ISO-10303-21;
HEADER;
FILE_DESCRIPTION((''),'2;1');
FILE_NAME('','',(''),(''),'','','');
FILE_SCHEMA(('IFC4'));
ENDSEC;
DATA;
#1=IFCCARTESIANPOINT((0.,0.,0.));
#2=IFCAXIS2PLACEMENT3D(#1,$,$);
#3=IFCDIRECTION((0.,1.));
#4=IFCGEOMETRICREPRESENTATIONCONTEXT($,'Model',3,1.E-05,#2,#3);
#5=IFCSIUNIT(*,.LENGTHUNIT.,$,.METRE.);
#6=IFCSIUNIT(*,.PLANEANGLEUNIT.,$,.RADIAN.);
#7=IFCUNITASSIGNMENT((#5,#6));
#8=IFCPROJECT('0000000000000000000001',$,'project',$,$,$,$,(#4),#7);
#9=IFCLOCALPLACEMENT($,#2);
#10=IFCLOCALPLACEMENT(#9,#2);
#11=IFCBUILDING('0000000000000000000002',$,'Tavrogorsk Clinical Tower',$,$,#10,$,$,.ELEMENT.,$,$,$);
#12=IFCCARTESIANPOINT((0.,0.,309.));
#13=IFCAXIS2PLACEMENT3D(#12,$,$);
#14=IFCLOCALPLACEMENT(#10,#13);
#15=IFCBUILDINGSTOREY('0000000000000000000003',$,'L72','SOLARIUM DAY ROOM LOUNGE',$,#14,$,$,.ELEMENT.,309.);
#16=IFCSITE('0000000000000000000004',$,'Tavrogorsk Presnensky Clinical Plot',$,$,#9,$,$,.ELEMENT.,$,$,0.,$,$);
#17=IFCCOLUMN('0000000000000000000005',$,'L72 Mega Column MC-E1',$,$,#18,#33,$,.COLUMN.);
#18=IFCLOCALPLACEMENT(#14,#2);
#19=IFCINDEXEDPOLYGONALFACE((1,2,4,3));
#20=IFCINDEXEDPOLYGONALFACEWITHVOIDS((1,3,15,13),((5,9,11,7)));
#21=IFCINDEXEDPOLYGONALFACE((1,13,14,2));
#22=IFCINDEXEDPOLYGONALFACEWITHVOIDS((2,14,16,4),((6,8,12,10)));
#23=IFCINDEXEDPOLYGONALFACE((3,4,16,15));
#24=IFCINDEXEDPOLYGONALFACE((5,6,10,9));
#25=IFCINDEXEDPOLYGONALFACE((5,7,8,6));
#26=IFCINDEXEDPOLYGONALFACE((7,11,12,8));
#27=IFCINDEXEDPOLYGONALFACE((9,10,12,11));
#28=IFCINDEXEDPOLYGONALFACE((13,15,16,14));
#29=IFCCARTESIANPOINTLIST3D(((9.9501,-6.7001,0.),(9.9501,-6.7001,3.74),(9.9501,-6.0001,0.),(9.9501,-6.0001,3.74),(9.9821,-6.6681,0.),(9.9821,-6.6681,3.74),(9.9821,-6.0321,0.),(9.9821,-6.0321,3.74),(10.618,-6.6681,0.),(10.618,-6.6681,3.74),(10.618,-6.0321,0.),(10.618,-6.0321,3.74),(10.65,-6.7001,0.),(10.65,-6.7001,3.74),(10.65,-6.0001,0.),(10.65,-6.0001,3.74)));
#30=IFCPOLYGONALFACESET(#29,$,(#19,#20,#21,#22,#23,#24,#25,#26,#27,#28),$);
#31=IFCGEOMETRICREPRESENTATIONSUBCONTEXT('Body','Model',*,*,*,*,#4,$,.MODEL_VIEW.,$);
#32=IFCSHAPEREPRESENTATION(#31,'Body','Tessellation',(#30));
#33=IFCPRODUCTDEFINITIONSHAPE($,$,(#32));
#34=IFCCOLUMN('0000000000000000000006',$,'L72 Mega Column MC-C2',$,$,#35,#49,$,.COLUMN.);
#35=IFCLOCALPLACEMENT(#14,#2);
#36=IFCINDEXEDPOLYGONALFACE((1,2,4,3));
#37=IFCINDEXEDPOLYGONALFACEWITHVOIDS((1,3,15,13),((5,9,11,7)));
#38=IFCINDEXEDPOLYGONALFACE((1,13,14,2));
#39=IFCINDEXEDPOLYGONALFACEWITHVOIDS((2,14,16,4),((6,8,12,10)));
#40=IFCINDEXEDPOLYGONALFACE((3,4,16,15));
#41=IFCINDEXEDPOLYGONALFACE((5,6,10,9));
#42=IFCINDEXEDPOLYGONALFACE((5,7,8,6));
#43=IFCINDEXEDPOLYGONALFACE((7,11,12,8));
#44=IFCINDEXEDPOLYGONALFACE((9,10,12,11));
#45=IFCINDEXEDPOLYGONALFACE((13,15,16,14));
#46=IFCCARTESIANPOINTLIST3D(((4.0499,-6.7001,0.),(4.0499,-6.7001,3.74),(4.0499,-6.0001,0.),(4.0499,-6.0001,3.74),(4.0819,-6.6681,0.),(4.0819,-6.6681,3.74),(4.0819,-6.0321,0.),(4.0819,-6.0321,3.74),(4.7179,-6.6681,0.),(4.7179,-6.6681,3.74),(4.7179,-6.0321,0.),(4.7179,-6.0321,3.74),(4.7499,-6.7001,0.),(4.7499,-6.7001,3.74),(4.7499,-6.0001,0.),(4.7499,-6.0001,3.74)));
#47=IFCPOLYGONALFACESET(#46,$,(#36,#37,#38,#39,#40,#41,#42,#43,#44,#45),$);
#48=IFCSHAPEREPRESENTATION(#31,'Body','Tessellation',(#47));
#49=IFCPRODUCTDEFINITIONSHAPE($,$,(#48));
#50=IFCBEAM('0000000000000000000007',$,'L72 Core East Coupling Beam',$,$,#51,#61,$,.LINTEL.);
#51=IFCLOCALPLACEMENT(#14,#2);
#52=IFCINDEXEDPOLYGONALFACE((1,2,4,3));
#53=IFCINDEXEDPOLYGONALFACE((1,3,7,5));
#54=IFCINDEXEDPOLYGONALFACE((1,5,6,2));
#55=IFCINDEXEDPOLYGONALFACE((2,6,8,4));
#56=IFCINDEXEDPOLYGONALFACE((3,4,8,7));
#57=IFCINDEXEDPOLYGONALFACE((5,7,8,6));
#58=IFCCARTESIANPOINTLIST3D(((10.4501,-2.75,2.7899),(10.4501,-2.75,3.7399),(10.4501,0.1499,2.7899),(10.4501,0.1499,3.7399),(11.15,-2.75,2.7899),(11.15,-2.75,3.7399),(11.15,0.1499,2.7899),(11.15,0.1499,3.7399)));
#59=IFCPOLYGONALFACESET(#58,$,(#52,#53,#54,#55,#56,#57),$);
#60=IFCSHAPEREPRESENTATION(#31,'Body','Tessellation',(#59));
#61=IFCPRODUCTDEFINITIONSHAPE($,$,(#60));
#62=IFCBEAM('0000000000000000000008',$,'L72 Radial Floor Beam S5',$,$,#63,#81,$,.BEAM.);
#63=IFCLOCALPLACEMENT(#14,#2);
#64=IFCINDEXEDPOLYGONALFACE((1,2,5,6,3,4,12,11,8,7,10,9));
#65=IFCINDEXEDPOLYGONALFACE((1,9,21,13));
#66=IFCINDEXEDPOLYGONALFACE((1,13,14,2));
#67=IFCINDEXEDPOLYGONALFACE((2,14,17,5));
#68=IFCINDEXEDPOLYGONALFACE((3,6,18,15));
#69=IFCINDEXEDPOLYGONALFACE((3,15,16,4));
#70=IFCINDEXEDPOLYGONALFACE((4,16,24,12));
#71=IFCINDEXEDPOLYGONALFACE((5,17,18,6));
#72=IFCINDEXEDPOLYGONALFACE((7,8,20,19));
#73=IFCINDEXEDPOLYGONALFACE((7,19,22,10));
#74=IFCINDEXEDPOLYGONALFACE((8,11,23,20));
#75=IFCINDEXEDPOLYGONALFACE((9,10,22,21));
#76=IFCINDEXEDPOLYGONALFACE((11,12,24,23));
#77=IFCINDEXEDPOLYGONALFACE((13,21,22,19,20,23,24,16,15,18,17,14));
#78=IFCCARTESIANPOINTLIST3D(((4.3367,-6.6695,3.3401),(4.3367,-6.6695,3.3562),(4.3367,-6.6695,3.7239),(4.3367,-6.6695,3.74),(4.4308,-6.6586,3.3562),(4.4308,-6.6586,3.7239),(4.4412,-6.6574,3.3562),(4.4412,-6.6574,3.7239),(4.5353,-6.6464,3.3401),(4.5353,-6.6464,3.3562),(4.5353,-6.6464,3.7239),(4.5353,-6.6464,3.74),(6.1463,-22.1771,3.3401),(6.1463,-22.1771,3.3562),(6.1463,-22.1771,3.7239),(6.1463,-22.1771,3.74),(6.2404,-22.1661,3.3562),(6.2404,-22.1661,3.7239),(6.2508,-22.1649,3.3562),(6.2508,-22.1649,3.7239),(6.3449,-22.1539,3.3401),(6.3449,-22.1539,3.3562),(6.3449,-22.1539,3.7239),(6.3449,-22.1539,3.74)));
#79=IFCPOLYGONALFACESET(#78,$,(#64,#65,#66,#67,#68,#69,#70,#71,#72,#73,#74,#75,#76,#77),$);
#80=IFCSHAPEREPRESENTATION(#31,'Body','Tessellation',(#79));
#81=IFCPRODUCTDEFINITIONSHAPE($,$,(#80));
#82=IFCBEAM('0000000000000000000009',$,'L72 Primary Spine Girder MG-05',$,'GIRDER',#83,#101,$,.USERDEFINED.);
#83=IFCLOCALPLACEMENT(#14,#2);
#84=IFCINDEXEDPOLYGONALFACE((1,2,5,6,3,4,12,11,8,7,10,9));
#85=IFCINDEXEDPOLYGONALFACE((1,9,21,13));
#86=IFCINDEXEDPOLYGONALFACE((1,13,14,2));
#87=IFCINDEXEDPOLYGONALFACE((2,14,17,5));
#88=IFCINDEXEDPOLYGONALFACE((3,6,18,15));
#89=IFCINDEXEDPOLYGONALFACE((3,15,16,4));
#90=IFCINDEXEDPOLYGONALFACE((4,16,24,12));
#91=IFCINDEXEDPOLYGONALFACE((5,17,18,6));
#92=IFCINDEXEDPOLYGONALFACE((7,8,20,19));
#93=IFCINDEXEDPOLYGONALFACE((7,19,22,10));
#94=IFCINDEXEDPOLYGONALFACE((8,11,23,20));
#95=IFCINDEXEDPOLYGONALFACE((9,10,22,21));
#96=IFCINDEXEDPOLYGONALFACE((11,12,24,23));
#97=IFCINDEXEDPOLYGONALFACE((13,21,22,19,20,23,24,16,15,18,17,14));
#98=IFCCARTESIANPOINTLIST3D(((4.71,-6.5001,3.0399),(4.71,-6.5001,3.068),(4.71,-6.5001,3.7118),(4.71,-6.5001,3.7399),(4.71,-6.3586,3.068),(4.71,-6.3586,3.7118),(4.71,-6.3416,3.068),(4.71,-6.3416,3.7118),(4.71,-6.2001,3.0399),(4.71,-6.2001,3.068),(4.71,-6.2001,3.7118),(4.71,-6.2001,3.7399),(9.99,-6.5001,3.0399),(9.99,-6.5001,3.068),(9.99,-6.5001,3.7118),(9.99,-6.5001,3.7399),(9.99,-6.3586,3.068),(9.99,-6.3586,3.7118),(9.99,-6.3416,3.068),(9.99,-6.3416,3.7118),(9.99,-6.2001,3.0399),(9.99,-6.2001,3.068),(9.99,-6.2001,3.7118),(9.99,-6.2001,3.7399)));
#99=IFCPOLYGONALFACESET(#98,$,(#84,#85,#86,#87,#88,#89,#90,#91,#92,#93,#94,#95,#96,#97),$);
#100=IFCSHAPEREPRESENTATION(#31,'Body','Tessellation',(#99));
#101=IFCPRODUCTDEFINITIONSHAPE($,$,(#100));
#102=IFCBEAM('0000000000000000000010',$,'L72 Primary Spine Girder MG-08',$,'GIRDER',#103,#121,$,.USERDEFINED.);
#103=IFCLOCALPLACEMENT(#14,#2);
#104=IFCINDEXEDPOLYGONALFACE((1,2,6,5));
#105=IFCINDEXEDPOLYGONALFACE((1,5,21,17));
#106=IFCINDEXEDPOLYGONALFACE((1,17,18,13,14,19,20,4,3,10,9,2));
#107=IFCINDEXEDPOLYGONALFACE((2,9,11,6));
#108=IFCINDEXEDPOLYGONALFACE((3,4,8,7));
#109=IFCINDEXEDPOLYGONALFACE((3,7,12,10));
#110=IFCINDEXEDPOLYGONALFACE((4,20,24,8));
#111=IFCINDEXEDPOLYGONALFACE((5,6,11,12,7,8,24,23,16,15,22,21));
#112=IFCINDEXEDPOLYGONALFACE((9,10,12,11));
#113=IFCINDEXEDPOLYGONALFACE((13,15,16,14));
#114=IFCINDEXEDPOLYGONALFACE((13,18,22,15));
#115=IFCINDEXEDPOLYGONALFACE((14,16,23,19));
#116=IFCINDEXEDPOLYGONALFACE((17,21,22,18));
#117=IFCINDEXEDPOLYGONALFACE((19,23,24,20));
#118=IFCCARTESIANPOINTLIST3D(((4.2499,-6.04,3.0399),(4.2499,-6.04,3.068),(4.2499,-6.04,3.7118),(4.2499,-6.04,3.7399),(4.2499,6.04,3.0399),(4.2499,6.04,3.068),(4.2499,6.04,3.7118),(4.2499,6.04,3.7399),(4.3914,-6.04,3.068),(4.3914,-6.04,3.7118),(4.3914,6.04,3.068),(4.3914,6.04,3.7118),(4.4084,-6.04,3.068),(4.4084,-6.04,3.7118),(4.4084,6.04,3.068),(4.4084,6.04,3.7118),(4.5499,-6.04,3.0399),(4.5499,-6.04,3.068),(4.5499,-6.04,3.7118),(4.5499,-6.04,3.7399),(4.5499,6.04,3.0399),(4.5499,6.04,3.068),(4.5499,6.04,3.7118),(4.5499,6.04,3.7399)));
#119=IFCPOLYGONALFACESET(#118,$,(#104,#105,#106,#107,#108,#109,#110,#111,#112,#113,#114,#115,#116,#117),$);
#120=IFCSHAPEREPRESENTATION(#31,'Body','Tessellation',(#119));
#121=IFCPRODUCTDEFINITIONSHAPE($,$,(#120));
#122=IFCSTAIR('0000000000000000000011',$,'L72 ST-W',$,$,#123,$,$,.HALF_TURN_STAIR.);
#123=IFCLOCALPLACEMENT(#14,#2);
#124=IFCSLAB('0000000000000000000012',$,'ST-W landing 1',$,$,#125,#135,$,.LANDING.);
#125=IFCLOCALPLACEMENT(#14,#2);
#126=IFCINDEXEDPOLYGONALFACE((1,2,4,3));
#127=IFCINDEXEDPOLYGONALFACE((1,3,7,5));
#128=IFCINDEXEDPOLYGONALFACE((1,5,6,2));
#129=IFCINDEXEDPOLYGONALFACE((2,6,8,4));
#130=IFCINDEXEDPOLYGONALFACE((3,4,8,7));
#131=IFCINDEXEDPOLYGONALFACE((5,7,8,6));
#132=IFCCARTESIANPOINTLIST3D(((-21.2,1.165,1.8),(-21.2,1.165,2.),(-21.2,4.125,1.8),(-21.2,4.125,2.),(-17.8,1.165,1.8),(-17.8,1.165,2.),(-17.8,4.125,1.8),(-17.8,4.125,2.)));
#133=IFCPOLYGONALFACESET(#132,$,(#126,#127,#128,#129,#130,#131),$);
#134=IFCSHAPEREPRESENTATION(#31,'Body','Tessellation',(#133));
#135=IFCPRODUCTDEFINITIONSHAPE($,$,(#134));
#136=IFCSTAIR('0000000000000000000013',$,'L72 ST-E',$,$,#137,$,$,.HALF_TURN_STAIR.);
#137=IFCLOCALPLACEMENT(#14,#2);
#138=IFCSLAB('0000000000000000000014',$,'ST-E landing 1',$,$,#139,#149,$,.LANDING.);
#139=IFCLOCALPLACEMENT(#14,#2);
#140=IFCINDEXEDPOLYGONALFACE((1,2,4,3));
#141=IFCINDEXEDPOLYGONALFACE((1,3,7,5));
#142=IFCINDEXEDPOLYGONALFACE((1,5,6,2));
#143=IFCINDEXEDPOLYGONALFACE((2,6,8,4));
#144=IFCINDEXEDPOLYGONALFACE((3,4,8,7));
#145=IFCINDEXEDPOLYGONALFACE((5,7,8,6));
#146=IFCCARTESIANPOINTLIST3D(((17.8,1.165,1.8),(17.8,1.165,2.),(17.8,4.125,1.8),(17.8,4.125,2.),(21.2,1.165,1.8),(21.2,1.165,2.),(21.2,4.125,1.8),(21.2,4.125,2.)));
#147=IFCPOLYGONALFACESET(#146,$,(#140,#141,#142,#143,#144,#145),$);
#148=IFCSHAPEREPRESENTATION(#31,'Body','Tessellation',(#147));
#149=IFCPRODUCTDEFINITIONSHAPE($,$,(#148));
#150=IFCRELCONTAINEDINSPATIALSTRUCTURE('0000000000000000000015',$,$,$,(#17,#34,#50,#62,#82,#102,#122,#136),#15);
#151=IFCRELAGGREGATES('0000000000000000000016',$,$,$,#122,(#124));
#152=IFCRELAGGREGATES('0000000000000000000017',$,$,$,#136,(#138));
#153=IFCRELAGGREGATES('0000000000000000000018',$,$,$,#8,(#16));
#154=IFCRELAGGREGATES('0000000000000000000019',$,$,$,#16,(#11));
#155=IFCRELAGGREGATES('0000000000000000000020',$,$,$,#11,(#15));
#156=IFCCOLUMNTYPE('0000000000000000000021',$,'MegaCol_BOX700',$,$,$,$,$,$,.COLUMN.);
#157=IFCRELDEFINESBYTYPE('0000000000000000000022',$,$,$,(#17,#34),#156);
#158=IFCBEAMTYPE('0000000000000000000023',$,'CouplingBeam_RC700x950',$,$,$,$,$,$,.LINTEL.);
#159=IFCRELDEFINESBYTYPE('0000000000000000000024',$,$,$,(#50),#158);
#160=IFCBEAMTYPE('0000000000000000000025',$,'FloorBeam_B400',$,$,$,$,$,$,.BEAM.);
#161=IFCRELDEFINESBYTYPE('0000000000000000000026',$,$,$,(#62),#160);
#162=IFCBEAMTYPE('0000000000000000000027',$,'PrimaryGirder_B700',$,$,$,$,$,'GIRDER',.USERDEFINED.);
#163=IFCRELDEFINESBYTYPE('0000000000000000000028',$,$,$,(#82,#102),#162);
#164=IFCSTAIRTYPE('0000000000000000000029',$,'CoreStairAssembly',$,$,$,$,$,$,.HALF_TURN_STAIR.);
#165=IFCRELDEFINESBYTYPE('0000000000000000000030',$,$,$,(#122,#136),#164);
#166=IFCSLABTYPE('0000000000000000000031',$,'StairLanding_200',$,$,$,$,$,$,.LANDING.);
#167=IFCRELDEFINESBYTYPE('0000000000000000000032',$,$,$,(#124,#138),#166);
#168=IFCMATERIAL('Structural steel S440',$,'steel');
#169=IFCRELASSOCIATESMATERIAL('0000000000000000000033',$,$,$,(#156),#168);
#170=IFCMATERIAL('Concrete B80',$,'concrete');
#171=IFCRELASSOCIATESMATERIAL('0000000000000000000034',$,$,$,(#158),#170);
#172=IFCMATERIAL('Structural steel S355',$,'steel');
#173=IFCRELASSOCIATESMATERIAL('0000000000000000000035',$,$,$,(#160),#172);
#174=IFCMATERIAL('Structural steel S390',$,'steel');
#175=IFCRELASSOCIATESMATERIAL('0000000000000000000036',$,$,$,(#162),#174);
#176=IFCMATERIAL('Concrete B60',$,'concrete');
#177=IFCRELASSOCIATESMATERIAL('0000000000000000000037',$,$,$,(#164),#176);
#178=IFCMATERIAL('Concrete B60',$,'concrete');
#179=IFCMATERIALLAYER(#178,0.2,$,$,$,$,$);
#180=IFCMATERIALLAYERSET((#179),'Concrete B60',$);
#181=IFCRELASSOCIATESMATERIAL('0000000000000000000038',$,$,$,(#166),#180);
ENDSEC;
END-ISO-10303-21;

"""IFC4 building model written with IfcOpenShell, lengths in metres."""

from ifc_helpers import new_model, si_unit, direction, frame, origin, origin_2d, place, context, subcontext, project, spatial, polyline, rectangle, hollow_rectangle, i_section, outline, extrude, material, layer, layer_set, material_profile, profile_set, type_object, element, aggregate, save


model = new_model("IFC4")

# Units and contexts
model_context = context("Model", 3, precision=1e-05, world=origin(), true_north=direction((0.0, 1.0)))
body_context = subcontext(model_context, "Body", "Model", "MODEL_VIEW")
ifc_project = project(units=[si_unit("LENGTHUNIT", "METRE"), si_unit("PLANEANGLEUNIT", "RADIAN")], contexts=[model_context])

# Site, building, storey
site_placement = place(None, origin())
site = spatial("IfcSite", under=ifc_project, at=site_placement, Name="Tavrogorsk Presnensky Clinical Plot", CompositionType="ELEMENT", RefElevation=0.0)
building_placement = place(site_placement, origin())
building = spatial("IfcBuilding", under=site, at=building_placement, Name="Tavrogorsk Clinical Tower", CompositionType="ELEMENT")
storey_placement = place(building_placement, frame((0.0, 0.0, 309.0)))
storey = spatial("IfcBuildingStorey", under=building, at=storey_placement, Name="L72", Description="SOLARIUM DAY ROOM LOUNGE", CompositionType="ELEMENT", Elevation=309.0)

# Columns
ifc_material_1 = material(Name="Structural steel S440", Category="steel")
ifc_material_profile_1 = material_profile(ifc_material_1, hollow_rectangle(XDim=0.7, YDim=0.7, WallThickness=0.032, at=origin_2d()), Name="BOX-700x700x32")
ifc_profile_set_1 = profile_set([ifc_material_profile_1], Name="Structural steel S440")
column_type = type_object("IfcColumnType", Name="MegaCol_BOX700", PredefinedType="COLUMN", material=ifc_profile_set_1)
for number, where, z_axis, x_axis, name in (
    (1, (10.3, -6.3501, 0.0), (0.0, 0.0, 1.0), (1.0, 0.0, 0.0), "L72 Mega Column MC-E1"),
    (2, (4.3999, -6.3501, 0.0), (0.0, 0.0, 1.0), (1.0, 0.0, 0.0), "L72 Mega Column MC-C2"),
):
    element("IfcColumn", number, at=place(storey_placement, frame(where, z_axis=z_axis, x_axis=x_axis)), inside=storey, type_object=column_type, Name=name, PredefinedType="COLUMN", context=body_context, shape_type="SweptSolid", body=[
        extrude(hollow_rectangle(XDim=0.7, YDim=0.7, WallThickness=0.032, at=origin_2d()), origin(), (0.0, 0.0, 1.0), 3.74),
    ])

# Beams
ifc_material_2 = material(Name="Concrete B80", Category="concrete")
ifc_material_profile_2 = material_profile(ifc_material_2, rectangle(XDim=0.7, YDim=0.95, at=origin_2d()), Name="RC-CB-700x950")
ifc_profile_set_2 = profile_set([ifc_material_profile_2], Name="Concrete B80")
beam_type_1 = type_object("IfcBeamType", Name="CouplingBeam_RC700x950", PredefinedType="LINTEL", material=ifc_profile_set_2)
beam_1_placement = place(storey_placement, frame((10.8, -2.75, 3.2649), z_axis=(0.0, 1.0, 0.0), x_axis=(-1.0, 0.0, 0.0)))
element("IfcBeam", 3, at=beam_1_placement, inside=storey, type_object=beam_type_1, Name="L72 Core East Coupling Beam", PredefinedType="LINTEL", context=body_context, shape_type="SweptSolid", body=[
    extrude(rectangle(XDim=0.7, YDim=0.95, at=origin_2d()), origin(), (0.0, 0.0, 1.0), 2.8999),
])
ifc_material_3 = material(Name="Structural steel S355", Category="steel")
ifc_material_profile_3 = material_profile(ifc_material_3, i_section(OverallWidth=0.2, OverallDepth=0.3999, WebThickness=0.0105, FlangeThickness=0.0161, at=origin_2d()), Name="B-400x200x10.5x16")
ifc_profile_set_3 = profile_set([ifc_material_profile_3], Name="Structural steel S355")
beam_type_2 = type_object("IfcBeamType", Name="FloorBeam_B400", PredefinedType="BEAM", material=ifc_profile_set_3)
beam_2_placement = place(storey_placement, frame((4.436, -6.658, 3.54), z_axis=(0.115903, -0.993261, 0.0), x_axis=(0.993261, 0.115903, 0.0)))
element("IfcBeam", 4, at=beam_2_placement, inside=storey, type_object=beam_type_2, Name="L72 Radial Floor Beam S5", PredefinedType="BEAM", context=body_context, shape_type="SweptSolid", body=[
    extrude(i_section(OverallWidth=0.2, OverallDepth=0.3999, WebThickness=0.0105, FlangeThickness=0.0161, at=origin_2d()), origin(), (0.0, 0.0, 1.0), 15.6128),
])
ifc_material_4 = material(Name="Structural steel S390", Category="steel")
ifc_material_profile_4 = material_profile(ifc_material_4, i_section(OverallWidth=0.3, OverallDepth=0.7, WebThickness=0.0171, FlangeThickness=0.0281, at=origin_2d()), Name="B-700x300x17x28")
ifc_profile_set_4 = profile_set([ifc_material_profile_4], Name="Structural steel S390")
beam_type_3 = type_object("IfcBeamType", Name="PrimaryGirder_B700", ElementType="GIRDER", PredefinedType="USERDEFINED", material=ifc_profile_set_4)
beam_3_placement = place(storey_placement, frame((4.71, -6.3501, 3.3899), z_axis=(1.0, 0.0, 0.0), x_axis=(0.0, 1.0, 0.0)))
element("IfcBeam", 5, at=beam_3_placement, inside=storey, type_object=beam_type_3, Name="L72 Primary Spine Girder MG-05", ObjectType="GIRDER", PredefinedType="USERDEFINED", context=body_context, shape_type="SweptSolid", body=[
    extrude(i_section(OverallWidth=0.3, OverallDepth=0.7, WebThickness=0.0171, FlangeThickness=0.0281, at=origin_2d()), origin(), (0.0, 0.0, 1.0), 5.28),
])
beam_4_placement = place(storey_placement, frame((4.3999, -6.04, 3.3899), z_axis=(0.0, 1.0, 0.0), x_axis=(-1.0, 0.0, 0.0)))
element("IfcBeam", 6, at=beam_4_placement, inside=storey, type_object=beam_type_3, Name="L72 Primary Spine Girder MG-08", ObjectType="GIRDER", PredefinedType="USERDEFINED", context=body_context, shape_type="SweptSolid", body=[
    extrude(i_section(OverallWidth=0.3, OverallDepth=0.7, WebThickness=0.0171, FlangeThickness=0.0281, at=origin_2d()), origin(), (0.0, 0.0, 1.0), 12.0801),
])

# Stairs, slabs
ifc_material_5 = material(Name="Concrete B60", Category="concrete")
stair_type = type_object("IfcStairType", Name="CoreStairAssembly", PredefinedType="HALF_TURN_STAIR", material=ifc_material_5)
stair_1_placement = place(storey_placement, origin())
stair_1 = element("IfcStair", 7, at=stair_1_placement, inside=storey, type_object=stair_type, Name="L72 ST-W", PredefinedType="HALF_TURN_STAIR")
ifc_material_6 = material(Name="Concrete B60", Category="concrete")
ifc_layer_1 = layer(ifc_material_6, 0.2)
ifc_layer_set_1 = layer_set([ifc_layer_1], Name="Concrete B60")
slab_type_1 = type_object("IfcSlabType", Name="StairLanding_200", PredefinedType="LANDING", material=ifc_layer_set_1)
slab_1_placement = place(storey_placement, frame((0.0, 0.0, 1.8)))
slab_1 = element("IfcSlab", 8, at=slab_1_placement, type_object=slab_type_1, Name="ST-W landing 1", PredefinedType="LANDING", context=body_context, shape_type="SweptSolid", body=[
    extrude(outline(polyline([(-17.8, 1.165), (-17.8, 4.125), (-21.2, 4.125), (-21.2, 1.165), (-17.8, 1.165)])), origin(), (0.0, 0.0, 1.0), 0.2),
])
aggregate(stair_1, [slab_1])
stair_2_placement = place(storey_placement, origin())
stair_2 = element("IfcStair", 9, at=stair_2_placement, inside=storey, type_object=stair_type, Name="L72 ST-E", PredefinedType="HALF_TURN_STAIR")
slab_2_placement = place(storey_placement, frame((0.0, 0.0, 1.8)))
slab_2 = element("IfcSlab", 10, at=slab_2_placement, type_object=slab_type_1, Name="ST-E landing 1", PredefinedType="LANDING", context=body_context, shape_type="SweptSolid", body=[
    extrude(outline(polyline([(21.2, 1.165), (21.2, 4.125), (17.8, 4.125), (17.8, 1.165), (21.2, 1.165)])), origin(), (0.0, 0.0, 1.0), 0.2),
])
aggregate(stair_2, [slab_2])

save(model, "model.ifc")
